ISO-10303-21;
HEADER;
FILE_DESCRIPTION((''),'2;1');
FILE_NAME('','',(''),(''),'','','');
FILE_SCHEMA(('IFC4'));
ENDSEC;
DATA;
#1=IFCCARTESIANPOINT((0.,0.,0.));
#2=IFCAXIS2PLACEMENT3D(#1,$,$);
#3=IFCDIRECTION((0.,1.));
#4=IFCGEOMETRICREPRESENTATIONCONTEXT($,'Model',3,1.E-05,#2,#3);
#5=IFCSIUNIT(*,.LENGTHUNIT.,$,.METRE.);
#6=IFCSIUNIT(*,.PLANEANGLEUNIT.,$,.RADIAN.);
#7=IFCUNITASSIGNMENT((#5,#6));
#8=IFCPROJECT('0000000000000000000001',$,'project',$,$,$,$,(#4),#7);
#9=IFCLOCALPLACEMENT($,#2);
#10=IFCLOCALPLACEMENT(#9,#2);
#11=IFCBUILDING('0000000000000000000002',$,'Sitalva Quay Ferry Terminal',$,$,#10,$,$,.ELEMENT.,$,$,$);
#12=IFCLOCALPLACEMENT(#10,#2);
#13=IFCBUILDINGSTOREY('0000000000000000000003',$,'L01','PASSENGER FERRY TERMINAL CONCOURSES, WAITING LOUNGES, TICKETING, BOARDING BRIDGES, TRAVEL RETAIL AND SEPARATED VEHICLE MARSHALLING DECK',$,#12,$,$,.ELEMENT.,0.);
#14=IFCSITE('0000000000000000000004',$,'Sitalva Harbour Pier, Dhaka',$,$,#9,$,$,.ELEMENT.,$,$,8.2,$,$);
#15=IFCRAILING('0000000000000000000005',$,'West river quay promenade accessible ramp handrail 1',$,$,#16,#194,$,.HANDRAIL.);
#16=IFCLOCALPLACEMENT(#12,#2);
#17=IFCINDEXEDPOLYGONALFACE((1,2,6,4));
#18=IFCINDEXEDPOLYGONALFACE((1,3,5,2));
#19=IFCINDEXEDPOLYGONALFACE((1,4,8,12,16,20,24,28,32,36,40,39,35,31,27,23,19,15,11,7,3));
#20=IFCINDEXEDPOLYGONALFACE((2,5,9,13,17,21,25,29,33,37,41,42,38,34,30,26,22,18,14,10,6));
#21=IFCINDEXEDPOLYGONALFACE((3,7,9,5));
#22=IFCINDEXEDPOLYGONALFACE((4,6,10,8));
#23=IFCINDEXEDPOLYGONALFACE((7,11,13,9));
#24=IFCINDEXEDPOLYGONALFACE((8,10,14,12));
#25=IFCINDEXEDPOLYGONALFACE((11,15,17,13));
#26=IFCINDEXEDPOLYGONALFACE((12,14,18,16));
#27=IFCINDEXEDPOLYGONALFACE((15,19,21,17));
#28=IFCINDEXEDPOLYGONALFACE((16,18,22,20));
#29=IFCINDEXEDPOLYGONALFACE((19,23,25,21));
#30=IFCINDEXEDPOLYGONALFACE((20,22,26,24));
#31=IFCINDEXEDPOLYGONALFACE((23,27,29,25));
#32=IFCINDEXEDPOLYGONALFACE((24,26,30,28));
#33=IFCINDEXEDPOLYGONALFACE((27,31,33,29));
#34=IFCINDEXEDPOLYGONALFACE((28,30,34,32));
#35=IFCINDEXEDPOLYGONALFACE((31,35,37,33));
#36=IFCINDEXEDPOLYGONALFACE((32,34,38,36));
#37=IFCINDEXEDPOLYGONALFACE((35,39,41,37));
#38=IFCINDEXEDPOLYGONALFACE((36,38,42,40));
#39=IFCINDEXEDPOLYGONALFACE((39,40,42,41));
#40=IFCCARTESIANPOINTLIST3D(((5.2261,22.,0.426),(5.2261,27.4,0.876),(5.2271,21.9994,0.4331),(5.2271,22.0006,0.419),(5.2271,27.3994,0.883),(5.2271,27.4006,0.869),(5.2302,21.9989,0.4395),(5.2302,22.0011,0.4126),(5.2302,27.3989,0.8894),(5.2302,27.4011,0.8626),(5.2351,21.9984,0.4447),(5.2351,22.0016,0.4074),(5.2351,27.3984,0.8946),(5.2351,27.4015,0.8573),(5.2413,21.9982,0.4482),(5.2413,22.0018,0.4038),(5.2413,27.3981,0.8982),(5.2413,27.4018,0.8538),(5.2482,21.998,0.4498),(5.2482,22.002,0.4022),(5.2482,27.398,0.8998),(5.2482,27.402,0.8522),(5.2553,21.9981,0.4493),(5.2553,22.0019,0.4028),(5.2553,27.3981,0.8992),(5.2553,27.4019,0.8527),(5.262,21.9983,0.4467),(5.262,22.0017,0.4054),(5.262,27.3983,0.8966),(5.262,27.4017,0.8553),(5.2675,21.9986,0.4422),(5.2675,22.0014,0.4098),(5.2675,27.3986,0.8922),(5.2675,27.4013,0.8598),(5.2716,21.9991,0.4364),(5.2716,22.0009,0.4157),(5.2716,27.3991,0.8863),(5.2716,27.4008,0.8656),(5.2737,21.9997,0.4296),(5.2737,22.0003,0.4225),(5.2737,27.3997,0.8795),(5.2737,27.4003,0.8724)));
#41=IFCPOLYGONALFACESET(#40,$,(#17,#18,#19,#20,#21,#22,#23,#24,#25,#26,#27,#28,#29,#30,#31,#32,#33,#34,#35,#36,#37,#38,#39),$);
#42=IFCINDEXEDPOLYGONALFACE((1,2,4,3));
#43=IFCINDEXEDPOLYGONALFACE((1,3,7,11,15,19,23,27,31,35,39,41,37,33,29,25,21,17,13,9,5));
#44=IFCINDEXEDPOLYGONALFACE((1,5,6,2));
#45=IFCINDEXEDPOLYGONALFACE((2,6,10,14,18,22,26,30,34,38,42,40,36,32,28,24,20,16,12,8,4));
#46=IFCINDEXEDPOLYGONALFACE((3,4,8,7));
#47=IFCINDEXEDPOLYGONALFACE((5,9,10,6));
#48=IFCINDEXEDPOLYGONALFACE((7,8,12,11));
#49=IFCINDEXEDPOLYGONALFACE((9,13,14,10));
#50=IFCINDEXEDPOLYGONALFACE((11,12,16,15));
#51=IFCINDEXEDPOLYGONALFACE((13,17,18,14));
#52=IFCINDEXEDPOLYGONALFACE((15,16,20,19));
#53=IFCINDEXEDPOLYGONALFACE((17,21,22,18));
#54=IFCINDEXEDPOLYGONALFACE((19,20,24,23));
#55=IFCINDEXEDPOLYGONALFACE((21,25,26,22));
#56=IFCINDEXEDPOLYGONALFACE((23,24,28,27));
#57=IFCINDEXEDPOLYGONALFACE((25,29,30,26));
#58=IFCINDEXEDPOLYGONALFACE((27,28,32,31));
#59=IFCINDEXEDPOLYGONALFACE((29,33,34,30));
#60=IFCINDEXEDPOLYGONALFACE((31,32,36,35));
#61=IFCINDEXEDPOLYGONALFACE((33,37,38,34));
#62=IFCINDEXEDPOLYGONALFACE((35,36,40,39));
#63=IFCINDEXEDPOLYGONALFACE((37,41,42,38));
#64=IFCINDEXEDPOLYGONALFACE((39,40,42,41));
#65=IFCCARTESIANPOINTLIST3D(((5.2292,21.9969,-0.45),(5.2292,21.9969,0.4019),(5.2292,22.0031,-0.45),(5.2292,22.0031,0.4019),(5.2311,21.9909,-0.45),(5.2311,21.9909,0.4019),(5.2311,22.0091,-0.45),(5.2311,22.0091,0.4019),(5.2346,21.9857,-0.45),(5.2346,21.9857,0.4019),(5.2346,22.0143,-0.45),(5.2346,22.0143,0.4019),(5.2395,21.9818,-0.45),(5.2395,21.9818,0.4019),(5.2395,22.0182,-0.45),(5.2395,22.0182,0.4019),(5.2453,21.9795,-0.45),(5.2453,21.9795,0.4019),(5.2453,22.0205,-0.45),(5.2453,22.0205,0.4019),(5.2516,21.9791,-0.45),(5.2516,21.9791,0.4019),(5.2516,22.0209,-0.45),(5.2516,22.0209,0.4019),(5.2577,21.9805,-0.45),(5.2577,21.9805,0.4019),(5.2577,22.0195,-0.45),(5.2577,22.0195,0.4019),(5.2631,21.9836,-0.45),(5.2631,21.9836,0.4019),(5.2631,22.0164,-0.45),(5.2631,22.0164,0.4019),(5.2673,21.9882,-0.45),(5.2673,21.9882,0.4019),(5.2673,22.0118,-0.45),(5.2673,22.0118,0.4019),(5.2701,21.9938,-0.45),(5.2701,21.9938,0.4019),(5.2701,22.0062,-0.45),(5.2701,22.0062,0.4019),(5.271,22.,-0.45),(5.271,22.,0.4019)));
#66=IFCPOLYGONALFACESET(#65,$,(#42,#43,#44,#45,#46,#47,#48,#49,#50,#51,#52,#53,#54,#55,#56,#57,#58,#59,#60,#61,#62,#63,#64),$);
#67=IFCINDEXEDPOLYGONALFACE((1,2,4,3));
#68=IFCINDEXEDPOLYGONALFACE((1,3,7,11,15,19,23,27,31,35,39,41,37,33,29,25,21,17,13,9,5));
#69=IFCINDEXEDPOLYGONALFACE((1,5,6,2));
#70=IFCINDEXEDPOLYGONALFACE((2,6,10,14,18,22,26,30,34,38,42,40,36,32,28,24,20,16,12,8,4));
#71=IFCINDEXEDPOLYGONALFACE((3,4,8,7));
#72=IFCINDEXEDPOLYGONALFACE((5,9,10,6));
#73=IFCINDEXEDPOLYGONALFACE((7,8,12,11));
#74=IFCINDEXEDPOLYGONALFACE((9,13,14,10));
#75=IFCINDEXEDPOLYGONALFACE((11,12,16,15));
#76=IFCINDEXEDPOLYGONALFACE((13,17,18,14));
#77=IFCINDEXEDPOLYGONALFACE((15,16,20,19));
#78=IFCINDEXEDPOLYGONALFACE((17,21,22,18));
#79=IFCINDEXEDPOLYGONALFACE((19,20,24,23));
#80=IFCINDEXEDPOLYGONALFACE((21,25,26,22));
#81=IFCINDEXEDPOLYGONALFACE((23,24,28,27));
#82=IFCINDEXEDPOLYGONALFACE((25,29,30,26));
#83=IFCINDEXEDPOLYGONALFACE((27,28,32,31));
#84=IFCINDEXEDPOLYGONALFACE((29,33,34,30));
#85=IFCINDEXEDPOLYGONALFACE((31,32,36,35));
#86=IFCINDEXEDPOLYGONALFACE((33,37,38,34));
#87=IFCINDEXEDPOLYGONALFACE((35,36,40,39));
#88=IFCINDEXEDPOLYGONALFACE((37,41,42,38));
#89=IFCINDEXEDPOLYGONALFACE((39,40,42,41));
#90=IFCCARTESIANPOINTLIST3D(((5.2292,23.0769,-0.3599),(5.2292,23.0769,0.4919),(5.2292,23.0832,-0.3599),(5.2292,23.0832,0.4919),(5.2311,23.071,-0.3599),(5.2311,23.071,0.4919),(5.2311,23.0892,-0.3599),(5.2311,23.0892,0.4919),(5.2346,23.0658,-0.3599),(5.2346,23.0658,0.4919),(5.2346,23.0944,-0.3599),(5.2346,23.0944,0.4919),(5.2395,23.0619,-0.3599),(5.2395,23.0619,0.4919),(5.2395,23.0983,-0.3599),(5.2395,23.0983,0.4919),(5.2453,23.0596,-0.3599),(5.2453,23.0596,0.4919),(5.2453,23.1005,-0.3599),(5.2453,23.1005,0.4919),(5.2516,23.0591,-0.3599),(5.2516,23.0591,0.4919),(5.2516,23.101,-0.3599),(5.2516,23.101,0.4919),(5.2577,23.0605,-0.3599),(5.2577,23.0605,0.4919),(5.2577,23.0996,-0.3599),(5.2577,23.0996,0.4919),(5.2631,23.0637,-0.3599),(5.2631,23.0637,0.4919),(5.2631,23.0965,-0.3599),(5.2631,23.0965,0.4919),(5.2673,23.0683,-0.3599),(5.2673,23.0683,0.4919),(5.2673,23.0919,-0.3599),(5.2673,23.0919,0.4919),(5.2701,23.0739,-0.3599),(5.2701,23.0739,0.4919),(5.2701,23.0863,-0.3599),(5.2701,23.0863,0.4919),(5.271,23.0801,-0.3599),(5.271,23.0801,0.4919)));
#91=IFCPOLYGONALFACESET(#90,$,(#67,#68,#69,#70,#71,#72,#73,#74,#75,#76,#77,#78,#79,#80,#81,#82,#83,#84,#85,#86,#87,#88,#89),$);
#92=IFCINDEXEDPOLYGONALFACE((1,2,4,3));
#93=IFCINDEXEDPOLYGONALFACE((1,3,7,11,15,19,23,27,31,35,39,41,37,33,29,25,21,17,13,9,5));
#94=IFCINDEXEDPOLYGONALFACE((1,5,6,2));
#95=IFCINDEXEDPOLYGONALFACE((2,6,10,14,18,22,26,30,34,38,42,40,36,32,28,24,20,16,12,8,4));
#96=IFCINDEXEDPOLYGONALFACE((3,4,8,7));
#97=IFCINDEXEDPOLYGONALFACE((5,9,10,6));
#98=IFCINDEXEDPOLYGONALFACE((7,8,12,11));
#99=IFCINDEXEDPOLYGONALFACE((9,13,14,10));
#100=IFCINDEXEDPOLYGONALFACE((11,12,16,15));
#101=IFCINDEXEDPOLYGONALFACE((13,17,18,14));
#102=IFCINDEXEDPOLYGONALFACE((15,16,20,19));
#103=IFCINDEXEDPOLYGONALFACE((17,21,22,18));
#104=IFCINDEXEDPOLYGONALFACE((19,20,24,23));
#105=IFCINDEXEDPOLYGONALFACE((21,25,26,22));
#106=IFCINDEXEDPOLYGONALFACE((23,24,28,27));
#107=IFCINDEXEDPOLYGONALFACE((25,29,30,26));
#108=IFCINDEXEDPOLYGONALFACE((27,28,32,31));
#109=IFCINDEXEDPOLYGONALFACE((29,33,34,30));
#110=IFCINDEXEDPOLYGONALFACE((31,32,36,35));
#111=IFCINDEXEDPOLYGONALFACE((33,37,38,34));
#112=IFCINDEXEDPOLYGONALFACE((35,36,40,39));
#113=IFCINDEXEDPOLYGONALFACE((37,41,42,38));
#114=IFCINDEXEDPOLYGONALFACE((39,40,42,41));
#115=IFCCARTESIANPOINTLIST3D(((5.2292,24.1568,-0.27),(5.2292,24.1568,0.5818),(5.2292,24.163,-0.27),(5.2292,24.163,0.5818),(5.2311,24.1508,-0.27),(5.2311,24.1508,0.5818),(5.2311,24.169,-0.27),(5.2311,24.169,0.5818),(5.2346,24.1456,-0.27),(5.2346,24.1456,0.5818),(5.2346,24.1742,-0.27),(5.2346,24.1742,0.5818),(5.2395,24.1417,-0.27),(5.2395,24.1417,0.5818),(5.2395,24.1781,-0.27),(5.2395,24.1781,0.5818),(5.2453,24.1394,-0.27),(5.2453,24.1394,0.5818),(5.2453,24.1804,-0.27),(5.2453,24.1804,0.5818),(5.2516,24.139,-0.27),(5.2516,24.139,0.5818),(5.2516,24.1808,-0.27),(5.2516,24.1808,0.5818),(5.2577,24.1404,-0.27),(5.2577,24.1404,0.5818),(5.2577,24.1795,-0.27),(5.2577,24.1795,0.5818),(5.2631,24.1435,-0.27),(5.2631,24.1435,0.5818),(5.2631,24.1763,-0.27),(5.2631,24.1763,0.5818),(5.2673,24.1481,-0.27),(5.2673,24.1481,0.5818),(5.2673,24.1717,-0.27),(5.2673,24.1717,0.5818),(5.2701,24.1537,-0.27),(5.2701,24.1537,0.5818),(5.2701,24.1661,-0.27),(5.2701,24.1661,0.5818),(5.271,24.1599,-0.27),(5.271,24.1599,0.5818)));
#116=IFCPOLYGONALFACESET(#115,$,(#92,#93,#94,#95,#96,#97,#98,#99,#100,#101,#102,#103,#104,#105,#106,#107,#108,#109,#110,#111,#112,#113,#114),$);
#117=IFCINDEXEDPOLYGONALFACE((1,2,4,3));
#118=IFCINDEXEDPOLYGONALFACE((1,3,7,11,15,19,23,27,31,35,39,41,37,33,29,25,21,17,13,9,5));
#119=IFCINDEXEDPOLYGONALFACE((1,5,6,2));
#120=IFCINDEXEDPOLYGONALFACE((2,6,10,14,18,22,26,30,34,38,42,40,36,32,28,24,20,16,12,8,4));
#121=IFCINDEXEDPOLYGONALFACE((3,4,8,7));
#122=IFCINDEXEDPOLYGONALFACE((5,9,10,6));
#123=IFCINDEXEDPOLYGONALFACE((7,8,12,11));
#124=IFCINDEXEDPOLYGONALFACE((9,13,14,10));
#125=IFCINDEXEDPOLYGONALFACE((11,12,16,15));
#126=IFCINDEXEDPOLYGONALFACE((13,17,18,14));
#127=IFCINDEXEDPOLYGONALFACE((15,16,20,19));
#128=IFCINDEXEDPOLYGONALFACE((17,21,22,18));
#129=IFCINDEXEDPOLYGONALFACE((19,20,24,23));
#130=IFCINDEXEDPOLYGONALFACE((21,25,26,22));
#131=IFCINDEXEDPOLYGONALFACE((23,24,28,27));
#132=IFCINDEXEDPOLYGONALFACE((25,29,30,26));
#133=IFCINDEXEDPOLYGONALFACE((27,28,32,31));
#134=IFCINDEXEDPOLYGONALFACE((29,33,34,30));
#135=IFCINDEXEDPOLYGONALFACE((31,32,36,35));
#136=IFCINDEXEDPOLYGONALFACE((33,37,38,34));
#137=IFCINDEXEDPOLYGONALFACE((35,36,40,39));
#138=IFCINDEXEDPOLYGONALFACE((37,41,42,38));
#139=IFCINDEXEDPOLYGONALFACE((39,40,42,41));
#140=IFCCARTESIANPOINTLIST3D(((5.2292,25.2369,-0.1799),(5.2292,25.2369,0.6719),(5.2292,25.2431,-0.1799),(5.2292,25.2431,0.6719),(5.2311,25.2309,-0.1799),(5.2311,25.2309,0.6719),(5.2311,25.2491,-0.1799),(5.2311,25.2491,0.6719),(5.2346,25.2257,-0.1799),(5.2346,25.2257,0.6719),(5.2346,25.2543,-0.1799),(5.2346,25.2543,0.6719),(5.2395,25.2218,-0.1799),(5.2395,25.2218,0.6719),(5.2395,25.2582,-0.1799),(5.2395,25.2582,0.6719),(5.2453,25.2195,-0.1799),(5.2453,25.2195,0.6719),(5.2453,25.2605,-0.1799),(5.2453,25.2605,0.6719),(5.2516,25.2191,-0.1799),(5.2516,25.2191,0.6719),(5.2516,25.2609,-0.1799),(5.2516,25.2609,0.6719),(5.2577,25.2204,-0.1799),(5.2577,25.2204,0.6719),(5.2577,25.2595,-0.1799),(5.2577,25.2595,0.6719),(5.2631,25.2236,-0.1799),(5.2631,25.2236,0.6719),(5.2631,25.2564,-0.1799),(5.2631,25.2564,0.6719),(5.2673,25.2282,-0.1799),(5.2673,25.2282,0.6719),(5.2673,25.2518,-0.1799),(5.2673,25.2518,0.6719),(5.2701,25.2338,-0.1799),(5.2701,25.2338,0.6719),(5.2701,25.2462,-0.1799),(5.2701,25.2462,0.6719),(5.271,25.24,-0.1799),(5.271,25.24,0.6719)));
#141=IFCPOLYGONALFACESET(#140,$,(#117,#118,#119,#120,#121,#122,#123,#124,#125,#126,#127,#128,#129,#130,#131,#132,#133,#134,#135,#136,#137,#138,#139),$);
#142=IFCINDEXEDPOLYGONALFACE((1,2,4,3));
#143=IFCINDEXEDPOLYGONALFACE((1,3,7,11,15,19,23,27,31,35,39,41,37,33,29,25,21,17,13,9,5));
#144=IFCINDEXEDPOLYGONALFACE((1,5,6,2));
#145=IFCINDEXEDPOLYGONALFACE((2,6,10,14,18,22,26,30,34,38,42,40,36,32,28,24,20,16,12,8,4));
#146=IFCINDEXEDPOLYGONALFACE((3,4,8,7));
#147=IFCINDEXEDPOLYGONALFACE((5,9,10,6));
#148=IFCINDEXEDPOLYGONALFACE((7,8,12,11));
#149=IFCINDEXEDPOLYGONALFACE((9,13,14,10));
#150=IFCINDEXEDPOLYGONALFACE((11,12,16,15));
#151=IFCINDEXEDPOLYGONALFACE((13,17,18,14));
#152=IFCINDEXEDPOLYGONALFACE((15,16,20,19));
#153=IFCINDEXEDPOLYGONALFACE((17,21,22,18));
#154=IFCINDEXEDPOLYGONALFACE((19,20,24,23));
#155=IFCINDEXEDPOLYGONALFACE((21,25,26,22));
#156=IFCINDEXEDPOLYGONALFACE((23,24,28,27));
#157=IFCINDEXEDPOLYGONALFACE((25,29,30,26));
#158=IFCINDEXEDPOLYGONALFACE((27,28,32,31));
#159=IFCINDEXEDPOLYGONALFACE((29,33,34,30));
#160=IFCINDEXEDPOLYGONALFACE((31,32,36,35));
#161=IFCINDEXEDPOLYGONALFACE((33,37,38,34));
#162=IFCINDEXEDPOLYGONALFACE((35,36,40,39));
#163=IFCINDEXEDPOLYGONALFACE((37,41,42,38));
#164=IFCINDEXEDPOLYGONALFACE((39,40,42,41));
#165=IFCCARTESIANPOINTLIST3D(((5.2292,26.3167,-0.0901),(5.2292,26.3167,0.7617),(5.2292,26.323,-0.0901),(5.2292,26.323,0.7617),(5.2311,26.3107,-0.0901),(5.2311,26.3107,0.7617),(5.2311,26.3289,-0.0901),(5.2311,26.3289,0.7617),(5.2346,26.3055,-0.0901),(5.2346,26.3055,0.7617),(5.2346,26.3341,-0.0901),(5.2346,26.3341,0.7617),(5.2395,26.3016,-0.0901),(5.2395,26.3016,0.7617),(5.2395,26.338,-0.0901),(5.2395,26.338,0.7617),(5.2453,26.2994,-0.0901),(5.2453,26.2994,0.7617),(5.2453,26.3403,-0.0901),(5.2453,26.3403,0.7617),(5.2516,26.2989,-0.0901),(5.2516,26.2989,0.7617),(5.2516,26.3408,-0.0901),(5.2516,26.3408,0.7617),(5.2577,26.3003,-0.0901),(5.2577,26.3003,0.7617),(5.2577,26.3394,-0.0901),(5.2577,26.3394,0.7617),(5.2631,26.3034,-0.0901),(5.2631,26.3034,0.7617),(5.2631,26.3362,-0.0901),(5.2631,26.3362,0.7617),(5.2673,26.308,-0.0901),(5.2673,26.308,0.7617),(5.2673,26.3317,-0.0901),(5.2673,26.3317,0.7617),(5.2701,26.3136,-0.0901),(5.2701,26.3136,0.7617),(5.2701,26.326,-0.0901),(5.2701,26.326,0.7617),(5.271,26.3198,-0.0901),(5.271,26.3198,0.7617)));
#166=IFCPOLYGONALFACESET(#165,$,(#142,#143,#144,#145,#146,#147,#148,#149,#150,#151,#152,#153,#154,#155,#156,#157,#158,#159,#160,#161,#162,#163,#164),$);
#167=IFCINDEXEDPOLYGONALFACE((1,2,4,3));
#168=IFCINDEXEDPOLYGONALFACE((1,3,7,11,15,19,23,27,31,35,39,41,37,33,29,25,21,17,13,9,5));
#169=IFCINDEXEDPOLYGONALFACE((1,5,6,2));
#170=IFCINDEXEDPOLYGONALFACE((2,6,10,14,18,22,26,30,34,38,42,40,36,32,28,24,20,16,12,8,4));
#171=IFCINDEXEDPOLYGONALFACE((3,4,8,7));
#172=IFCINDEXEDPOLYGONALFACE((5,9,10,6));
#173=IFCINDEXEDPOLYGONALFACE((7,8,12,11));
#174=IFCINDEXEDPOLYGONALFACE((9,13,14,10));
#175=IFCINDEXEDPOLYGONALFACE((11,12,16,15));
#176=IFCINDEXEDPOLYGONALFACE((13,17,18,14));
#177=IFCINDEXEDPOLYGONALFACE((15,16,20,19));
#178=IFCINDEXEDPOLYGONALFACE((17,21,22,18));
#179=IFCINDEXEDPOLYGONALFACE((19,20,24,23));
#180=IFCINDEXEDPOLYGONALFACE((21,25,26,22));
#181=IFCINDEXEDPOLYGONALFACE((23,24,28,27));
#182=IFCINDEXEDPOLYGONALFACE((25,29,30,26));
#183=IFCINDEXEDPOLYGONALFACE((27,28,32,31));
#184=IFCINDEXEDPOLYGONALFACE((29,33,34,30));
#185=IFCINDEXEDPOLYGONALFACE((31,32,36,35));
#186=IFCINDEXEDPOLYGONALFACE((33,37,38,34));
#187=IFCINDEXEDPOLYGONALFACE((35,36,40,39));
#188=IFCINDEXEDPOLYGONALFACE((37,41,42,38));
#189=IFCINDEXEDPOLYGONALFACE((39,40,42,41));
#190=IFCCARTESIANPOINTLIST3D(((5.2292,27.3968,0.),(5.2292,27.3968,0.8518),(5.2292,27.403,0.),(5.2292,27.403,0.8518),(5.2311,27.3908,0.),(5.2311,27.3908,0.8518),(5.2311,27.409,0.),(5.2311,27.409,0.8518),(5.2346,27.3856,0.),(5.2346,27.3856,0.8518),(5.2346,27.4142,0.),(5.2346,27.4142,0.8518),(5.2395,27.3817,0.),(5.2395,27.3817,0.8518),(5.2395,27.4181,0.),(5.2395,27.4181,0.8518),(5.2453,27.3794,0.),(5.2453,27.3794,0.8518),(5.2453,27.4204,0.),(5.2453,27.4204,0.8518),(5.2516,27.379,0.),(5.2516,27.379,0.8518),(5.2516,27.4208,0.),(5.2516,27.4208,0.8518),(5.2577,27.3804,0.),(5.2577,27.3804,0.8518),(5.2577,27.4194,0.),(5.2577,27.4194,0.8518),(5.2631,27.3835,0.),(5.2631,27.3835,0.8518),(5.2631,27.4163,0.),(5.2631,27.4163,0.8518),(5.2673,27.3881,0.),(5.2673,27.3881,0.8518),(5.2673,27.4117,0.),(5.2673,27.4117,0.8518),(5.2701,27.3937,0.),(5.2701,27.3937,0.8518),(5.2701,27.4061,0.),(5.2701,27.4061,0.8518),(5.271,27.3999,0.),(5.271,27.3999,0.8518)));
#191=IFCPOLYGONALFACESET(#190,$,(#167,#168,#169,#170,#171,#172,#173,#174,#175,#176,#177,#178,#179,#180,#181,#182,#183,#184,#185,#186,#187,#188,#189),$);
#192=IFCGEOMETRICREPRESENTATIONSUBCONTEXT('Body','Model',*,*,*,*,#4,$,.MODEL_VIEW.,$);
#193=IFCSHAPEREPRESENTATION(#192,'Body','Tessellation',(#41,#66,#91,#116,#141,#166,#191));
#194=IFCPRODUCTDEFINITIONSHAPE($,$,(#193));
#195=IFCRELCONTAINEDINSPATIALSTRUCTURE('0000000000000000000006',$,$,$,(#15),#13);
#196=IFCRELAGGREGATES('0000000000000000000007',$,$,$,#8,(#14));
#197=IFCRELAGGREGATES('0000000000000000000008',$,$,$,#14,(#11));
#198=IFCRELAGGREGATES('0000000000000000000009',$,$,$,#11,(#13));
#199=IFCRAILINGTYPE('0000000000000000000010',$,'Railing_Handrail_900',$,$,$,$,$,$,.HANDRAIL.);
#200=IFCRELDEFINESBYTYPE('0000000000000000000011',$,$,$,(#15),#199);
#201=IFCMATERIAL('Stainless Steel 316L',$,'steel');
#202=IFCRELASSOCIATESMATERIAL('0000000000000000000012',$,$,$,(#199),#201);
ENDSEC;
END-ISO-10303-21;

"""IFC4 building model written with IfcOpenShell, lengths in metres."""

from ifc_helpers import new_model, si_unit, direction, frame, origin, origin_2d, place, context, subcontext, project, spatial, circle, extrude, material, type_object, element, save


model = new_model("IFC4")

# Units and contexts
model_context = context("Model", 3, precision=1e-05, world=origin(), true_north=direction((0.0, 1.0)))
body_context = subcontext(model_context, "Body", "Model", "MODEL_VIEW")
ifc_project = project(units=[si_unit("LENGTHUNIT", "METRE"), si_unit("PLANEANGLEUNIT", "RADIAN")], contexts=[model_context])

# Site, building, storey
site_placement = place(None, origin())
site = spatial("IfcSite", under=ifc_project, at=site_placement, Name="Sitalva Harbour Pier, Dhaka", CompositionType="ELEMENT", RefElevation=8.2)
building_placement = place(site_placement, origin())
building = spatial("IfcBuilding", under=site, at=building_placement, Name="Sitalva Quay Ferry Terminal", CompositionType="ELEMENT")
storey_placement = place(building_placement, origin())
storey = spatial("IfcBuildingStorey", under=building, at=storey_placement, Name="L01", Description="PASSENGER FERRY TERMINAL CONCOURSES, WAITING LOUNGES, TICKETING, BOARDING BRIDGES, TRAVEL RETAIL AND SEPARATED VEHICLE MARSHALLING DECK", CompositionType="ELEMENT", Elevation=0.0)

# Railing
ifc_material_1 = material(Name="Stainless Steel 316L", Category="steel")
railing_type = type_object("IfcRailingType", Name="Railing_Handrail_900", PredefinedType="HANDRAIL", material=ifc_material_1)
for number, where, name in (
    (1, (5.25, 22.0, -0.45), "West river quay promenade accessible ramp handrail 1"),
):
    element("IfcRailing", number, at=place(storey_placement, frame(where)), inside=storey, type_object=railing_type, Name=name, PredefinedType="HANDRAIL", context=body_context, shape_type="SweptSolid", body=[
        extrude(circle(Radius=0.0239, at=origin_2d()), frame((0.0, 0.0, 0.876), z_axis=(0.0, 0.996546, 0.083038), x_axis=(-1.0, 0.0, 0.0)), (0.0, 0.0, 1.0), 5.4187),
        extrude(circle(Radius=0.021, at=origin_2d()), origin(), (0.0, 0.0, 1.0), 0.8518),
        extrude(circle(Radius=0.021, at=origin_2d()), frame((0.0, 1.0801, 0.0901)), (0.0, 0.0, 1.0), 0.8518),
        extrude(circle(Radius=0.021, at=origin_2d()), frame((0.0, 2.1599, 0.1799)), (0.0, 0.0, 1.0), 0.8518),
        extrude(circle(Radius=0.021, at=origin_2d()), frame((0.0, 3.24, 0.27)), (0.0, 0.0, 1.0), 0.8518),
        extrude(circle(Radius=0.021, at=origin_2d()), frame((0.0, 4.3198, 0.3599)), (0.0, 0.0, 1.0), 0.8518),
        extrude(circle(Radius=0.021, at=origin_2d()), frame((0.0, 5.3999, 0.45)), (0.0, 0.0, 1.0), 0.8518),
    ])

save(model, "model.ifc")
